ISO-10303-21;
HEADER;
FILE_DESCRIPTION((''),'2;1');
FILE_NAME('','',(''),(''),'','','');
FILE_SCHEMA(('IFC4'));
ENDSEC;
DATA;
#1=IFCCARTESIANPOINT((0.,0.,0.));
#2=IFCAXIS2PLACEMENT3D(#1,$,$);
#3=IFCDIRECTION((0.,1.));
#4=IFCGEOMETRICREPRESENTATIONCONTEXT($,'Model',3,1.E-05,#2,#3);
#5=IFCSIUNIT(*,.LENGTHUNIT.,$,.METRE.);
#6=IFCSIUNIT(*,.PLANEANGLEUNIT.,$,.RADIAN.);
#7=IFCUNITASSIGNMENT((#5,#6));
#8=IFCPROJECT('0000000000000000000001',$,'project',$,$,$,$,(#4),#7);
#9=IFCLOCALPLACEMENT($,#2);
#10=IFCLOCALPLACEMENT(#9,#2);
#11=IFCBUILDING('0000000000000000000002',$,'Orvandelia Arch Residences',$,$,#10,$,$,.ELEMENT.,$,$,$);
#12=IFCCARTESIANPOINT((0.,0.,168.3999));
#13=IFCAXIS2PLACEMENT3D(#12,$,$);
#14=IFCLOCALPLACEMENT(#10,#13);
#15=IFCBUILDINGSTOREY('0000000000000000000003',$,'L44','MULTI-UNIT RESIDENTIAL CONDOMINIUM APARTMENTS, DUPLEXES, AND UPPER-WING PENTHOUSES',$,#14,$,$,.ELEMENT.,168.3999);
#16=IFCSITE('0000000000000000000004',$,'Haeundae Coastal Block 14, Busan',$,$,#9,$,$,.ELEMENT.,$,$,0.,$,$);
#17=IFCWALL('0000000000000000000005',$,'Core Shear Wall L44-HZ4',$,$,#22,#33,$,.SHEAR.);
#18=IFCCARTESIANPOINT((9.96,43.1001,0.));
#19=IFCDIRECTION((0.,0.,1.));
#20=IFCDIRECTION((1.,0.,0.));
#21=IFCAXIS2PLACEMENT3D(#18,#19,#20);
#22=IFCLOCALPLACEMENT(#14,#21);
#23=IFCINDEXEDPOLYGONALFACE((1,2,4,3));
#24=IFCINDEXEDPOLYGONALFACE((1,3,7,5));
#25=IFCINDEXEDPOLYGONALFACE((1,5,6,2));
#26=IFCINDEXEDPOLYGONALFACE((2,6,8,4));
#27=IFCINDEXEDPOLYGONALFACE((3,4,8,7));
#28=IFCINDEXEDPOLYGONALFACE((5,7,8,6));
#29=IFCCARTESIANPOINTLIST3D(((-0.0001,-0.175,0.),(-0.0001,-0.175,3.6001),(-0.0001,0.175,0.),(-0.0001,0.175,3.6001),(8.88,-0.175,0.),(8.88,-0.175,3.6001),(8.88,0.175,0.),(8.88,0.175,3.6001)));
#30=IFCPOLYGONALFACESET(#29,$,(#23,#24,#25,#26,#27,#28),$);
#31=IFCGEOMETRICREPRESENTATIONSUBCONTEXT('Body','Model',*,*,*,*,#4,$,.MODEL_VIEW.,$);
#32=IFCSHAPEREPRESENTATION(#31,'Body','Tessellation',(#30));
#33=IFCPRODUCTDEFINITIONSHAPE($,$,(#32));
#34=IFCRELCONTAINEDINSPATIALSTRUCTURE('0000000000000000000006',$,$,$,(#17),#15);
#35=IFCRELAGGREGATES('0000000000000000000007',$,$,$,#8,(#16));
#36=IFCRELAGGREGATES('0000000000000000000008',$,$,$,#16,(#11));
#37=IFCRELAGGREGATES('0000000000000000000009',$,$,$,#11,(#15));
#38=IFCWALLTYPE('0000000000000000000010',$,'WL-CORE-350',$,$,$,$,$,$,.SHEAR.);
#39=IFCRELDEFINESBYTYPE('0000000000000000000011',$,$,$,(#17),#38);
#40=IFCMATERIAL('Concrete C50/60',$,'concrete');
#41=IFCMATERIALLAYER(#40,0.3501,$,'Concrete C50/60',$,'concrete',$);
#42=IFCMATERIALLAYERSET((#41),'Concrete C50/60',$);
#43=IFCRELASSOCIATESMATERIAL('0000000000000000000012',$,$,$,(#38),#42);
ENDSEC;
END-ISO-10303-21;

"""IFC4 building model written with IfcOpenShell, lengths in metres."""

from ifc_helpers import new_model, si_unit, direction, frame, frame_2d, origin, place, context, subcontext, project, spatial, rectangle, extrude, material, layer, layer_set, type_object, element, save


model = new_model("IFC4")

# Units and contexts
model_context = context("Model", 3, precision=1e-05, world=origin(), true_north=direction((0.0, 1.0)))
body_context = subcontext(model_context, "Body", "Model", "MODEL_VIEW")
ifc_project = project(units=[si_unit("LENGTHUNIT", "METRE"), si_unit("PLANEANGLEUNIT", "RADIAN")], contexts=[model_context])

# Site, building, storey
site_placement = place(None, origin())
site = spatial("IfcSite", under=ifc_project, at=site_placement, Name="Haeundae Coastal Block 14, Busan", CompositionType="ELEMENT", RefElevation=0.0)
building_placement = place(site_placement, origin())
building = spatial("IfcBuilding", under=site, at=building_placement, Name="Orvandelia Arch Residences", CompositionType="ELEMENT")
storey_placement = place(building_placement, frame((0.0, 0.0, 168.3999)))
storey = spatial("IfcBuildingStorey", under=building, at=storey_placement, Name="L44", Description="MULTI-UNIT RESIDENTIAL CONDOMINIUM APARTMENTS, DUPLEXES, AND UPPER-WING PENTHOUSES", CompositionType="ELEMENT", Elevation=168.3999)

# Wall
ifc_material_1 = material(Name="Concrete C50/60", Category="concrete")
ifc_layer_1 = layer(ifc_material_1, 0.3501, Name="Concrete C50/60", Category="concrete")
ifc_layer_set_1 = layer_set([ifc_layer_1], Name="Concrete C50/60")
wall_type_1 = type_object("IfcWallType", Name="WL-CORE-350", PredefinedType="SHEAR", material=ifc_layer_set_1)
wall_1_placement = place(storey_placement, frame((9.96, 43.1001, 0.0), z_axis=(0.0, 0.0, 1.0), x_axis=(1.0, 0.0, 0.0)))
element("IfcWall", 1, at=wall_1_placement, inside=storey, type_object=wall_type_1, Name="Core Shear Wall L44-HZ4", PredefinedType="SHEAR", context=body_context, shape_type="SweptSolid", body=[
    extrude(rectangle(XDim=8.8801, YDim=0.3501, at=frame_2d((4.4399, 0.0))), origin(), (0.0, 0.0, 1.0), 3.6001),
])

save(model, "model.ifc")
